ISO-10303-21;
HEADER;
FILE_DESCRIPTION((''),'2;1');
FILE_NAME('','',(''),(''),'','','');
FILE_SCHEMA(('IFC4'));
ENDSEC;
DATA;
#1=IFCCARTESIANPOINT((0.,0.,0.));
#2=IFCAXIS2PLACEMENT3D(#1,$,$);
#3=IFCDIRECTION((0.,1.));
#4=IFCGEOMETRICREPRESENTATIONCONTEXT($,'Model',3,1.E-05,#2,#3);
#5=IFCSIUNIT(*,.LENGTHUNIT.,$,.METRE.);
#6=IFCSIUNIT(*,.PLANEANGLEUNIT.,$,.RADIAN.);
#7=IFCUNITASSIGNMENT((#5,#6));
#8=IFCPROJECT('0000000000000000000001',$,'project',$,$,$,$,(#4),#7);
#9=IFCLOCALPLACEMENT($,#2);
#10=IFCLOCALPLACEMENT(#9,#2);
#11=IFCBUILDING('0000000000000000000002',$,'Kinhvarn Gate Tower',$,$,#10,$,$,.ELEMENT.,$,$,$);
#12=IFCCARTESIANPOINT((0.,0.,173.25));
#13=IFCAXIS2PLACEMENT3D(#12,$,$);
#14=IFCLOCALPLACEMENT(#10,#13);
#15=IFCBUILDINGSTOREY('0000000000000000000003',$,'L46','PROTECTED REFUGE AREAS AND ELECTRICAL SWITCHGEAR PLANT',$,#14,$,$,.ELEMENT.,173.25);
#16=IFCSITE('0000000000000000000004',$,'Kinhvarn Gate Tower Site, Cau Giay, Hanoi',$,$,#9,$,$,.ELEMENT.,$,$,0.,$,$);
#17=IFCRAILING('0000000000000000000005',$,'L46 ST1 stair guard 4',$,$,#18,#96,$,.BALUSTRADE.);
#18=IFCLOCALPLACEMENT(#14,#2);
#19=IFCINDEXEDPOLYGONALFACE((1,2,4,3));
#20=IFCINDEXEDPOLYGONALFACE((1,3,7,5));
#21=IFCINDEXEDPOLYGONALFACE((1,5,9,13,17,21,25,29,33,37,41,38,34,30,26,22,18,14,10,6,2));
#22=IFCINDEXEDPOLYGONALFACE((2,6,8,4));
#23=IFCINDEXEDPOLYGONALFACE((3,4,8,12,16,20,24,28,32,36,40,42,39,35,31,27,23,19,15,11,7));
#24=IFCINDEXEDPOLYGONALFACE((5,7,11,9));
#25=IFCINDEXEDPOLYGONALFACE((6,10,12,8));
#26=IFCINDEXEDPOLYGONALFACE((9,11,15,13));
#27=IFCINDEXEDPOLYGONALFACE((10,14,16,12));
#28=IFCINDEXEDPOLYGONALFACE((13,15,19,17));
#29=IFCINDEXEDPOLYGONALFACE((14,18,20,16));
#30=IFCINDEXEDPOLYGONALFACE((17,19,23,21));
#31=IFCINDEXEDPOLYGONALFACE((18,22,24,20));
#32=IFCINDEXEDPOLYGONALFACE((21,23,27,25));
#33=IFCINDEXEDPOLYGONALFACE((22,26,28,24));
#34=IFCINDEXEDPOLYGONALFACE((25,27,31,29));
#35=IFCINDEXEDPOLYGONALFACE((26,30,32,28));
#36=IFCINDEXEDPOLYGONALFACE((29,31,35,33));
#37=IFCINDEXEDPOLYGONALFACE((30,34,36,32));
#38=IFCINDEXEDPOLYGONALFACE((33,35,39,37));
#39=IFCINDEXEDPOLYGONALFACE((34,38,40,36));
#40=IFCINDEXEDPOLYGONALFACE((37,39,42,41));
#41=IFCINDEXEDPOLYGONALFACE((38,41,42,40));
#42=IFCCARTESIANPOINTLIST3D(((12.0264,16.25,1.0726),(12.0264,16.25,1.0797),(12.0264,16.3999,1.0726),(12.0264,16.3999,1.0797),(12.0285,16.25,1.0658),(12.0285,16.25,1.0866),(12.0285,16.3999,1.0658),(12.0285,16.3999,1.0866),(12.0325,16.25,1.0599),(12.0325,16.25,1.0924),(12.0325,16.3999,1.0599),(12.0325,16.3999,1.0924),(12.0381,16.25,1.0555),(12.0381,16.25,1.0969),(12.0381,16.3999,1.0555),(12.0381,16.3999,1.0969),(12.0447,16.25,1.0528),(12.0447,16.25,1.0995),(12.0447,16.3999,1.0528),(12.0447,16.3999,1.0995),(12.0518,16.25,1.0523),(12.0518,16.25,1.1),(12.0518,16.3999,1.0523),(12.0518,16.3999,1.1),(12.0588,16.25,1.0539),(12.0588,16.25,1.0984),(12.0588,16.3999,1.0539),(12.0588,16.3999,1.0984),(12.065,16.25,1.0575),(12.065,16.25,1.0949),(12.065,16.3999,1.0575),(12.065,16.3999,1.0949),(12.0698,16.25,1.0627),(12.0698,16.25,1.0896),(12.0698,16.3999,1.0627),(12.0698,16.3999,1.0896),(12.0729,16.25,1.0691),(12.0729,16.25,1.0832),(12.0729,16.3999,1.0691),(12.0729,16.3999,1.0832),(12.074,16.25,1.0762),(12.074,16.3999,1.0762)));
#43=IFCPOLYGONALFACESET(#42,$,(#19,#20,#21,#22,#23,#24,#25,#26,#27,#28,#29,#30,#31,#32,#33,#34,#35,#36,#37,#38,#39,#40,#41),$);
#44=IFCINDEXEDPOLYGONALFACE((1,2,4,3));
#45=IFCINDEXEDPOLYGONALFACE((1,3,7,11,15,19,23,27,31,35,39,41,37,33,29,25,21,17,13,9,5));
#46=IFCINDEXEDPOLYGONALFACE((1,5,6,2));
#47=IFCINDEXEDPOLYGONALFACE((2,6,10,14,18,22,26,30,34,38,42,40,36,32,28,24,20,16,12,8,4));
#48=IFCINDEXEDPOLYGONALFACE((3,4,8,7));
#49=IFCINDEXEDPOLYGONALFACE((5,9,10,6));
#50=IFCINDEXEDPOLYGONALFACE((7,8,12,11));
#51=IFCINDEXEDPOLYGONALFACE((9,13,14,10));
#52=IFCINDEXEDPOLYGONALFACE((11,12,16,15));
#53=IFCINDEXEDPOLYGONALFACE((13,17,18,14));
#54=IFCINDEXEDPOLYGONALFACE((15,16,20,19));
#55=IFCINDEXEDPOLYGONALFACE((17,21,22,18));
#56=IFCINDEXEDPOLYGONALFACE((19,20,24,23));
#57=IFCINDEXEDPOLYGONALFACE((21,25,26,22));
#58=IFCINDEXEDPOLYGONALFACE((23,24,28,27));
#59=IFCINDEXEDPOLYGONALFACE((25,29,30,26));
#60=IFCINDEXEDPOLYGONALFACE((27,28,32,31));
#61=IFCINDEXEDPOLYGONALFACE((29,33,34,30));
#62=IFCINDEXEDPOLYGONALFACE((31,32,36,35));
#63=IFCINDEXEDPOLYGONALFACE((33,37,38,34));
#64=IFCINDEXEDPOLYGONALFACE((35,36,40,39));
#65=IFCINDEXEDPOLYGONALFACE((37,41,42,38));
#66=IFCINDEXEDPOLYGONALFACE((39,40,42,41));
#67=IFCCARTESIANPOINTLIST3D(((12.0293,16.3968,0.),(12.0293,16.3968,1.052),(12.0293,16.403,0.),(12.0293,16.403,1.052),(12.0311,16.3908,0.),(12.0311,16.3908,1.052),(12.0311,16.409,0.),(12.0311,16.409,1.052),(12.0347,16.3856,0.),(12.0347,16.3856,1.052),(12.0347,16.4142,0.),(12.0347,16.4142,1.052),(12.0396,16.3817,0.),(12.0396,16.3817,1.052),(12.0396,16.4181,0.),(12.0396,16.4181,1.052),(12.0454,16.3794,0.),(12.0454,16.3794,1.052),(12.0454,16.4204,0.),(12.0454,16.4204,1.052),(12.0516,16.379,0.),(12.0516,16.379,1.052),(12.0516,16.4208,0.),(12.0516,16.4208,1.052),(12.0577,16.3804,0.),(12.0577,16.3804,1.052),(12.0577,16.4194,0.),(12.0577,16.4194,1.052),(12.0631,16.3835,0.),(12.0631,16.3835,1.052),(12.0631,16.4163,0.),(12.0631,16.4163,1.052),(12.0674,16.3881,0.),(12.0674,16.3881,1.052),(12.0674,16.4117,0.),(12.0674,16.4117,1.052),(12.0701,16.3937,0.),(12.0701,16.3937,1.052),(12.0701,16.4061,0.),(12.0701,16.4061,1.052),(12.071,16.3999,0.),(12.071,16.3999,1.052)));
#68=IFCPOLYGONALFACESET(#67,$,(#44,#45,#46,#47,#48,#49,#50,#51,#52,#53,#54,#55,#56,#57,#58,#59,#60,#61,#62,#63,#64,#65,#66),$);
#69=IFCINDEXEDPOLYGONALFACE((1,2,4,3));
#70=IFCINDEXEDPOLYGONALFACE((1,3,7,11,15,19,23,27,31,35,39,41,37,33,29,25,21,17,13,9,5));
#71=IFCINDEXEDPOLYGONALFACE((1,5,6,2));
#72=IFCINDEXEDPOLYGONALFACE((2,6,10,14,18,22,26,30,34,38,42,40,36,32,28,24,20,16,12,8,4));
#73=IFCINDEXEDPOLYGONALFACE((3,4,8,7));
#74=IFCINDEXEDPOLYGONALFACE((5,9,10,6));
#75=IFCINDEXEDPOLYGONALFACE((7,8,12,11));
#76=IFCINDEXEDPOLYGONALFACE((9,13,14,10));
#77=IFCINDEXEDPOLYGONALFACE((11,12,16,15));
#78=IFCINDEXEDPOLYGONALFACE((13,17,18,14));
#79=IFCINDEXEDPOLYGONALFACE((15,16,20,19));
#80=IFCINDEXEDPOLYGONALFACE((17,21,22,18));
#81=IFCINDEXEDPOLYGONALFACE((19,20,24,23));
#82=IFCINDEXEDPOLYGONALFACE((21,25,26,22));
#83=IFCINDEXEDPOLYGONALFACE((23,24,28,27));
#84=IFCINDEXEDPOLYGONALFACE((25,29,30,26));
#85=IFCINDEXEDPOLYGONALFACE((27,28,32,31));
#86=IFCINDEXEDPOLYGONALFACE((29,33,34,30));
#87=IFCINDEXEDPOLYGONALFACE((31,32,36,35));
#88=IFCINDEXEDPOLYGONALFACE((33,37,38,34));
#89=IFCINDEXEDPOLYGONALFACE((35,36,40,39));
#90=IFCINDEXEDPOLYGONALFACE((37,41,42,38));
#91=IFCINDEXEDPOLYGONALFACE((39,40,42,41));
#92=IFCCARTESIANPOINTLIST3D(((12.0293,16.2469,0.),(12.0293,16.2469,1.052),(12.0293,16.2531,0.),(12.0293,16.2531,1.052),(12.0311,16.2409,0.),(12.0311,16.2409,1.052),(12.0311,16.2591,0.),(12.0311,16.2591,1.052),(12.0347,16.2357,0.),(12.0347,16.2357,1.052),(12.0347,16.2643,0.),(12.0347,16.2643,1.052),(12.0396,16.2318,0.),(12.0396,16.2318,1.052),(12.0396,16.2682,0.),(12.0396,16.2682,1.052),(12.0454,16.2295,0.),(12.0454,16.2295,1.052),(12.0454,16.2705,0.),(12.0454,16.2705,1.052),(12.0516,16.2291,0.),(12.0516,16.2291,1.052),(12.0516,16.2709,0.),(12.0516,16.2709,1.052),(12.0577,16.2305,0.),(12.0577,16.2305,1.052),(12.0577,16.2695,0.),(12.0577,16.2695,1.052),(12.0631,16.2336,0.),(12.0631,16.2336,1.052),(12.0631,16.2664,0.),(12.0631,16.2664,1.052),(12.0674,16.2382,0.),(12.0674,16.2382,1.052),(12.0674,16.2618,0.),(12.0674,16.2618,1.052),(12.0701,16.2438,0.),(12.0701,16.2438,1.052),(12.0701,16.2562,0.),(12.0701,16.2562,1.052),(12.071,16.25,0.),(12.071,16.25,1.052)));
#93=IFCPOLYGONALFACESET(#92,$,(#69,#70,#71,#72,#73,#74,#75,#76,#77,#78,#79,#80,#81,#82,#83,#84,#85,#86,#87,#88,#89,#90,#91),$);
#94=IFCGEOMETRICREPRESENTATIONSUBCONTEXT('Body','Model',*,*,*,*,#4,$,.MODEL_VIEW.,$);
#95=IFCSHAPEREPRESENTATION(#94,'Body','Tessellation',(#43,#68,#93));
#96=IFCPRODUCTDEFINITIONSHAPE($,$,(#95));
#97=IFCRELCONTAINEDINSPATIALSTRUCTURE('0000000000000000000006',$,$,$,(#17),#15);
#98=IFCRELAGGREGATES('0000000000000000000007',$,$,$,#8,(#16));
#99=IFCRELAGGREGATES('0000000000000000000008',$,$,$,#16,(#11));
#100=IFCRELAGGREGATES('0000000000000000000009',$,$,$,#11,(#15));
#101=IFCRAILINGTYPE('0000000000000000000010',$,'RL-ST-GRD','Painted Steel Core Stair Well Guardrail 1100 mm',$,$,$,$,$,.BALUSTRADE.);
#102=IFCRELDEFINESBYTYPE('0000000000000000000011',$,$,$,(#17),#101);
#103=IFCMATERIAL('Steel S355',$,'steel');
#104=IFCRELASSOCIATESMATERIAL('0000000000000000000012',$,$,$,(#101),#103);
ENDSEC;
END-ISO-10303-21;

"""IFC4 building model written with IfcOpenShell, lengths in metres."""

from ifc_helpers import new_model, si_unit, direction, frame, origin, origin_2d, place, context, subcontext, project, spatial, circle, extrude, material, type_object, element, save


model = new_model("IFC4")

# Units and contexts
model_context = context("Model", 3, precision=1e-05, world=origin(), true_north=direction((0.0, 1.0)))
body_context = subcontext(model_context, "Body", "Model", "MODEL_VIEW")
ifc_project = project(units=[si_unit("LENGTHUNIT", "METRE"), si_unit("PLANEANGLEUNIT", "RADIAN")], contexts=[model_context])

# Site, building, storey
site_placement = place(None, origin())
site = spatial("IfcSite", under=ifc_project, at=site_placement, Name="Kinhvarn Gate Tower Site, Cau Giay, Hanoi", CompositionType="ELEMENT", RefElevation=0.0)
building_placement = place(site_placement, origin())
building = spatial("IfcBuilding", under=site, at=building_placement, Name="Kinhvarn Gate Tower", CompositionType="ELEMENT")
storey_placement = place(building_placement, frame((0.0, 0.0, 173.25)))
storey = spatial("IfcBuildingStorey", under=building, at=storey_placement, Name="L46", Description="PROTECTED REFUGE AREAS AND ELECTRICAL SWITCHGEAR PLANT", CompositionType="ELEMENT", Elevation=173.25)

# Shared definitions
ifc_material_1 = material(Name="Steel S355", Category="steel")

# Railing
railing_type_1 = type_object("IfcRailingType", Name="RL-ST-GRD", Description="Painted Steel Core Stair Well Guardrail 1100 mm", PredefinedType="BALUSTRADE", material=ifc_material_1)
railing_1_placement = place(storey_placement, frame((12.05, 16.3999, 0.0)))
element("IfcRailing", 1, at=railing_1_placement, inside=storey, type_object=railing_type_1, Name="L46 ST1 stair guard 4", PredefinedType="BALUSTRADE", context=body_context, shape_type="SweptSolid", body=[
    extrude(circle(Radius=0.0239, at=origin_2d()), frame((0.0, 0.0, 1.0762), z_axis=(0.0, -1.0, 0.0), x_axis=(1.0, 0.0, 0.0)), (0.0, 0.0, 1.0), 0.1499),
    extrude(circle(Radius=0.021, at=origin_2d()), origin(), (0.0, 0.0, 1.0), 1.052),
    extrude(circle(Radius=0.021, at=origin_2d()), frame((0.0, -0.1499, 0.0)), (0.0, 0.0, 1.0), 1.052),
])

save(model, "model.ifc")
